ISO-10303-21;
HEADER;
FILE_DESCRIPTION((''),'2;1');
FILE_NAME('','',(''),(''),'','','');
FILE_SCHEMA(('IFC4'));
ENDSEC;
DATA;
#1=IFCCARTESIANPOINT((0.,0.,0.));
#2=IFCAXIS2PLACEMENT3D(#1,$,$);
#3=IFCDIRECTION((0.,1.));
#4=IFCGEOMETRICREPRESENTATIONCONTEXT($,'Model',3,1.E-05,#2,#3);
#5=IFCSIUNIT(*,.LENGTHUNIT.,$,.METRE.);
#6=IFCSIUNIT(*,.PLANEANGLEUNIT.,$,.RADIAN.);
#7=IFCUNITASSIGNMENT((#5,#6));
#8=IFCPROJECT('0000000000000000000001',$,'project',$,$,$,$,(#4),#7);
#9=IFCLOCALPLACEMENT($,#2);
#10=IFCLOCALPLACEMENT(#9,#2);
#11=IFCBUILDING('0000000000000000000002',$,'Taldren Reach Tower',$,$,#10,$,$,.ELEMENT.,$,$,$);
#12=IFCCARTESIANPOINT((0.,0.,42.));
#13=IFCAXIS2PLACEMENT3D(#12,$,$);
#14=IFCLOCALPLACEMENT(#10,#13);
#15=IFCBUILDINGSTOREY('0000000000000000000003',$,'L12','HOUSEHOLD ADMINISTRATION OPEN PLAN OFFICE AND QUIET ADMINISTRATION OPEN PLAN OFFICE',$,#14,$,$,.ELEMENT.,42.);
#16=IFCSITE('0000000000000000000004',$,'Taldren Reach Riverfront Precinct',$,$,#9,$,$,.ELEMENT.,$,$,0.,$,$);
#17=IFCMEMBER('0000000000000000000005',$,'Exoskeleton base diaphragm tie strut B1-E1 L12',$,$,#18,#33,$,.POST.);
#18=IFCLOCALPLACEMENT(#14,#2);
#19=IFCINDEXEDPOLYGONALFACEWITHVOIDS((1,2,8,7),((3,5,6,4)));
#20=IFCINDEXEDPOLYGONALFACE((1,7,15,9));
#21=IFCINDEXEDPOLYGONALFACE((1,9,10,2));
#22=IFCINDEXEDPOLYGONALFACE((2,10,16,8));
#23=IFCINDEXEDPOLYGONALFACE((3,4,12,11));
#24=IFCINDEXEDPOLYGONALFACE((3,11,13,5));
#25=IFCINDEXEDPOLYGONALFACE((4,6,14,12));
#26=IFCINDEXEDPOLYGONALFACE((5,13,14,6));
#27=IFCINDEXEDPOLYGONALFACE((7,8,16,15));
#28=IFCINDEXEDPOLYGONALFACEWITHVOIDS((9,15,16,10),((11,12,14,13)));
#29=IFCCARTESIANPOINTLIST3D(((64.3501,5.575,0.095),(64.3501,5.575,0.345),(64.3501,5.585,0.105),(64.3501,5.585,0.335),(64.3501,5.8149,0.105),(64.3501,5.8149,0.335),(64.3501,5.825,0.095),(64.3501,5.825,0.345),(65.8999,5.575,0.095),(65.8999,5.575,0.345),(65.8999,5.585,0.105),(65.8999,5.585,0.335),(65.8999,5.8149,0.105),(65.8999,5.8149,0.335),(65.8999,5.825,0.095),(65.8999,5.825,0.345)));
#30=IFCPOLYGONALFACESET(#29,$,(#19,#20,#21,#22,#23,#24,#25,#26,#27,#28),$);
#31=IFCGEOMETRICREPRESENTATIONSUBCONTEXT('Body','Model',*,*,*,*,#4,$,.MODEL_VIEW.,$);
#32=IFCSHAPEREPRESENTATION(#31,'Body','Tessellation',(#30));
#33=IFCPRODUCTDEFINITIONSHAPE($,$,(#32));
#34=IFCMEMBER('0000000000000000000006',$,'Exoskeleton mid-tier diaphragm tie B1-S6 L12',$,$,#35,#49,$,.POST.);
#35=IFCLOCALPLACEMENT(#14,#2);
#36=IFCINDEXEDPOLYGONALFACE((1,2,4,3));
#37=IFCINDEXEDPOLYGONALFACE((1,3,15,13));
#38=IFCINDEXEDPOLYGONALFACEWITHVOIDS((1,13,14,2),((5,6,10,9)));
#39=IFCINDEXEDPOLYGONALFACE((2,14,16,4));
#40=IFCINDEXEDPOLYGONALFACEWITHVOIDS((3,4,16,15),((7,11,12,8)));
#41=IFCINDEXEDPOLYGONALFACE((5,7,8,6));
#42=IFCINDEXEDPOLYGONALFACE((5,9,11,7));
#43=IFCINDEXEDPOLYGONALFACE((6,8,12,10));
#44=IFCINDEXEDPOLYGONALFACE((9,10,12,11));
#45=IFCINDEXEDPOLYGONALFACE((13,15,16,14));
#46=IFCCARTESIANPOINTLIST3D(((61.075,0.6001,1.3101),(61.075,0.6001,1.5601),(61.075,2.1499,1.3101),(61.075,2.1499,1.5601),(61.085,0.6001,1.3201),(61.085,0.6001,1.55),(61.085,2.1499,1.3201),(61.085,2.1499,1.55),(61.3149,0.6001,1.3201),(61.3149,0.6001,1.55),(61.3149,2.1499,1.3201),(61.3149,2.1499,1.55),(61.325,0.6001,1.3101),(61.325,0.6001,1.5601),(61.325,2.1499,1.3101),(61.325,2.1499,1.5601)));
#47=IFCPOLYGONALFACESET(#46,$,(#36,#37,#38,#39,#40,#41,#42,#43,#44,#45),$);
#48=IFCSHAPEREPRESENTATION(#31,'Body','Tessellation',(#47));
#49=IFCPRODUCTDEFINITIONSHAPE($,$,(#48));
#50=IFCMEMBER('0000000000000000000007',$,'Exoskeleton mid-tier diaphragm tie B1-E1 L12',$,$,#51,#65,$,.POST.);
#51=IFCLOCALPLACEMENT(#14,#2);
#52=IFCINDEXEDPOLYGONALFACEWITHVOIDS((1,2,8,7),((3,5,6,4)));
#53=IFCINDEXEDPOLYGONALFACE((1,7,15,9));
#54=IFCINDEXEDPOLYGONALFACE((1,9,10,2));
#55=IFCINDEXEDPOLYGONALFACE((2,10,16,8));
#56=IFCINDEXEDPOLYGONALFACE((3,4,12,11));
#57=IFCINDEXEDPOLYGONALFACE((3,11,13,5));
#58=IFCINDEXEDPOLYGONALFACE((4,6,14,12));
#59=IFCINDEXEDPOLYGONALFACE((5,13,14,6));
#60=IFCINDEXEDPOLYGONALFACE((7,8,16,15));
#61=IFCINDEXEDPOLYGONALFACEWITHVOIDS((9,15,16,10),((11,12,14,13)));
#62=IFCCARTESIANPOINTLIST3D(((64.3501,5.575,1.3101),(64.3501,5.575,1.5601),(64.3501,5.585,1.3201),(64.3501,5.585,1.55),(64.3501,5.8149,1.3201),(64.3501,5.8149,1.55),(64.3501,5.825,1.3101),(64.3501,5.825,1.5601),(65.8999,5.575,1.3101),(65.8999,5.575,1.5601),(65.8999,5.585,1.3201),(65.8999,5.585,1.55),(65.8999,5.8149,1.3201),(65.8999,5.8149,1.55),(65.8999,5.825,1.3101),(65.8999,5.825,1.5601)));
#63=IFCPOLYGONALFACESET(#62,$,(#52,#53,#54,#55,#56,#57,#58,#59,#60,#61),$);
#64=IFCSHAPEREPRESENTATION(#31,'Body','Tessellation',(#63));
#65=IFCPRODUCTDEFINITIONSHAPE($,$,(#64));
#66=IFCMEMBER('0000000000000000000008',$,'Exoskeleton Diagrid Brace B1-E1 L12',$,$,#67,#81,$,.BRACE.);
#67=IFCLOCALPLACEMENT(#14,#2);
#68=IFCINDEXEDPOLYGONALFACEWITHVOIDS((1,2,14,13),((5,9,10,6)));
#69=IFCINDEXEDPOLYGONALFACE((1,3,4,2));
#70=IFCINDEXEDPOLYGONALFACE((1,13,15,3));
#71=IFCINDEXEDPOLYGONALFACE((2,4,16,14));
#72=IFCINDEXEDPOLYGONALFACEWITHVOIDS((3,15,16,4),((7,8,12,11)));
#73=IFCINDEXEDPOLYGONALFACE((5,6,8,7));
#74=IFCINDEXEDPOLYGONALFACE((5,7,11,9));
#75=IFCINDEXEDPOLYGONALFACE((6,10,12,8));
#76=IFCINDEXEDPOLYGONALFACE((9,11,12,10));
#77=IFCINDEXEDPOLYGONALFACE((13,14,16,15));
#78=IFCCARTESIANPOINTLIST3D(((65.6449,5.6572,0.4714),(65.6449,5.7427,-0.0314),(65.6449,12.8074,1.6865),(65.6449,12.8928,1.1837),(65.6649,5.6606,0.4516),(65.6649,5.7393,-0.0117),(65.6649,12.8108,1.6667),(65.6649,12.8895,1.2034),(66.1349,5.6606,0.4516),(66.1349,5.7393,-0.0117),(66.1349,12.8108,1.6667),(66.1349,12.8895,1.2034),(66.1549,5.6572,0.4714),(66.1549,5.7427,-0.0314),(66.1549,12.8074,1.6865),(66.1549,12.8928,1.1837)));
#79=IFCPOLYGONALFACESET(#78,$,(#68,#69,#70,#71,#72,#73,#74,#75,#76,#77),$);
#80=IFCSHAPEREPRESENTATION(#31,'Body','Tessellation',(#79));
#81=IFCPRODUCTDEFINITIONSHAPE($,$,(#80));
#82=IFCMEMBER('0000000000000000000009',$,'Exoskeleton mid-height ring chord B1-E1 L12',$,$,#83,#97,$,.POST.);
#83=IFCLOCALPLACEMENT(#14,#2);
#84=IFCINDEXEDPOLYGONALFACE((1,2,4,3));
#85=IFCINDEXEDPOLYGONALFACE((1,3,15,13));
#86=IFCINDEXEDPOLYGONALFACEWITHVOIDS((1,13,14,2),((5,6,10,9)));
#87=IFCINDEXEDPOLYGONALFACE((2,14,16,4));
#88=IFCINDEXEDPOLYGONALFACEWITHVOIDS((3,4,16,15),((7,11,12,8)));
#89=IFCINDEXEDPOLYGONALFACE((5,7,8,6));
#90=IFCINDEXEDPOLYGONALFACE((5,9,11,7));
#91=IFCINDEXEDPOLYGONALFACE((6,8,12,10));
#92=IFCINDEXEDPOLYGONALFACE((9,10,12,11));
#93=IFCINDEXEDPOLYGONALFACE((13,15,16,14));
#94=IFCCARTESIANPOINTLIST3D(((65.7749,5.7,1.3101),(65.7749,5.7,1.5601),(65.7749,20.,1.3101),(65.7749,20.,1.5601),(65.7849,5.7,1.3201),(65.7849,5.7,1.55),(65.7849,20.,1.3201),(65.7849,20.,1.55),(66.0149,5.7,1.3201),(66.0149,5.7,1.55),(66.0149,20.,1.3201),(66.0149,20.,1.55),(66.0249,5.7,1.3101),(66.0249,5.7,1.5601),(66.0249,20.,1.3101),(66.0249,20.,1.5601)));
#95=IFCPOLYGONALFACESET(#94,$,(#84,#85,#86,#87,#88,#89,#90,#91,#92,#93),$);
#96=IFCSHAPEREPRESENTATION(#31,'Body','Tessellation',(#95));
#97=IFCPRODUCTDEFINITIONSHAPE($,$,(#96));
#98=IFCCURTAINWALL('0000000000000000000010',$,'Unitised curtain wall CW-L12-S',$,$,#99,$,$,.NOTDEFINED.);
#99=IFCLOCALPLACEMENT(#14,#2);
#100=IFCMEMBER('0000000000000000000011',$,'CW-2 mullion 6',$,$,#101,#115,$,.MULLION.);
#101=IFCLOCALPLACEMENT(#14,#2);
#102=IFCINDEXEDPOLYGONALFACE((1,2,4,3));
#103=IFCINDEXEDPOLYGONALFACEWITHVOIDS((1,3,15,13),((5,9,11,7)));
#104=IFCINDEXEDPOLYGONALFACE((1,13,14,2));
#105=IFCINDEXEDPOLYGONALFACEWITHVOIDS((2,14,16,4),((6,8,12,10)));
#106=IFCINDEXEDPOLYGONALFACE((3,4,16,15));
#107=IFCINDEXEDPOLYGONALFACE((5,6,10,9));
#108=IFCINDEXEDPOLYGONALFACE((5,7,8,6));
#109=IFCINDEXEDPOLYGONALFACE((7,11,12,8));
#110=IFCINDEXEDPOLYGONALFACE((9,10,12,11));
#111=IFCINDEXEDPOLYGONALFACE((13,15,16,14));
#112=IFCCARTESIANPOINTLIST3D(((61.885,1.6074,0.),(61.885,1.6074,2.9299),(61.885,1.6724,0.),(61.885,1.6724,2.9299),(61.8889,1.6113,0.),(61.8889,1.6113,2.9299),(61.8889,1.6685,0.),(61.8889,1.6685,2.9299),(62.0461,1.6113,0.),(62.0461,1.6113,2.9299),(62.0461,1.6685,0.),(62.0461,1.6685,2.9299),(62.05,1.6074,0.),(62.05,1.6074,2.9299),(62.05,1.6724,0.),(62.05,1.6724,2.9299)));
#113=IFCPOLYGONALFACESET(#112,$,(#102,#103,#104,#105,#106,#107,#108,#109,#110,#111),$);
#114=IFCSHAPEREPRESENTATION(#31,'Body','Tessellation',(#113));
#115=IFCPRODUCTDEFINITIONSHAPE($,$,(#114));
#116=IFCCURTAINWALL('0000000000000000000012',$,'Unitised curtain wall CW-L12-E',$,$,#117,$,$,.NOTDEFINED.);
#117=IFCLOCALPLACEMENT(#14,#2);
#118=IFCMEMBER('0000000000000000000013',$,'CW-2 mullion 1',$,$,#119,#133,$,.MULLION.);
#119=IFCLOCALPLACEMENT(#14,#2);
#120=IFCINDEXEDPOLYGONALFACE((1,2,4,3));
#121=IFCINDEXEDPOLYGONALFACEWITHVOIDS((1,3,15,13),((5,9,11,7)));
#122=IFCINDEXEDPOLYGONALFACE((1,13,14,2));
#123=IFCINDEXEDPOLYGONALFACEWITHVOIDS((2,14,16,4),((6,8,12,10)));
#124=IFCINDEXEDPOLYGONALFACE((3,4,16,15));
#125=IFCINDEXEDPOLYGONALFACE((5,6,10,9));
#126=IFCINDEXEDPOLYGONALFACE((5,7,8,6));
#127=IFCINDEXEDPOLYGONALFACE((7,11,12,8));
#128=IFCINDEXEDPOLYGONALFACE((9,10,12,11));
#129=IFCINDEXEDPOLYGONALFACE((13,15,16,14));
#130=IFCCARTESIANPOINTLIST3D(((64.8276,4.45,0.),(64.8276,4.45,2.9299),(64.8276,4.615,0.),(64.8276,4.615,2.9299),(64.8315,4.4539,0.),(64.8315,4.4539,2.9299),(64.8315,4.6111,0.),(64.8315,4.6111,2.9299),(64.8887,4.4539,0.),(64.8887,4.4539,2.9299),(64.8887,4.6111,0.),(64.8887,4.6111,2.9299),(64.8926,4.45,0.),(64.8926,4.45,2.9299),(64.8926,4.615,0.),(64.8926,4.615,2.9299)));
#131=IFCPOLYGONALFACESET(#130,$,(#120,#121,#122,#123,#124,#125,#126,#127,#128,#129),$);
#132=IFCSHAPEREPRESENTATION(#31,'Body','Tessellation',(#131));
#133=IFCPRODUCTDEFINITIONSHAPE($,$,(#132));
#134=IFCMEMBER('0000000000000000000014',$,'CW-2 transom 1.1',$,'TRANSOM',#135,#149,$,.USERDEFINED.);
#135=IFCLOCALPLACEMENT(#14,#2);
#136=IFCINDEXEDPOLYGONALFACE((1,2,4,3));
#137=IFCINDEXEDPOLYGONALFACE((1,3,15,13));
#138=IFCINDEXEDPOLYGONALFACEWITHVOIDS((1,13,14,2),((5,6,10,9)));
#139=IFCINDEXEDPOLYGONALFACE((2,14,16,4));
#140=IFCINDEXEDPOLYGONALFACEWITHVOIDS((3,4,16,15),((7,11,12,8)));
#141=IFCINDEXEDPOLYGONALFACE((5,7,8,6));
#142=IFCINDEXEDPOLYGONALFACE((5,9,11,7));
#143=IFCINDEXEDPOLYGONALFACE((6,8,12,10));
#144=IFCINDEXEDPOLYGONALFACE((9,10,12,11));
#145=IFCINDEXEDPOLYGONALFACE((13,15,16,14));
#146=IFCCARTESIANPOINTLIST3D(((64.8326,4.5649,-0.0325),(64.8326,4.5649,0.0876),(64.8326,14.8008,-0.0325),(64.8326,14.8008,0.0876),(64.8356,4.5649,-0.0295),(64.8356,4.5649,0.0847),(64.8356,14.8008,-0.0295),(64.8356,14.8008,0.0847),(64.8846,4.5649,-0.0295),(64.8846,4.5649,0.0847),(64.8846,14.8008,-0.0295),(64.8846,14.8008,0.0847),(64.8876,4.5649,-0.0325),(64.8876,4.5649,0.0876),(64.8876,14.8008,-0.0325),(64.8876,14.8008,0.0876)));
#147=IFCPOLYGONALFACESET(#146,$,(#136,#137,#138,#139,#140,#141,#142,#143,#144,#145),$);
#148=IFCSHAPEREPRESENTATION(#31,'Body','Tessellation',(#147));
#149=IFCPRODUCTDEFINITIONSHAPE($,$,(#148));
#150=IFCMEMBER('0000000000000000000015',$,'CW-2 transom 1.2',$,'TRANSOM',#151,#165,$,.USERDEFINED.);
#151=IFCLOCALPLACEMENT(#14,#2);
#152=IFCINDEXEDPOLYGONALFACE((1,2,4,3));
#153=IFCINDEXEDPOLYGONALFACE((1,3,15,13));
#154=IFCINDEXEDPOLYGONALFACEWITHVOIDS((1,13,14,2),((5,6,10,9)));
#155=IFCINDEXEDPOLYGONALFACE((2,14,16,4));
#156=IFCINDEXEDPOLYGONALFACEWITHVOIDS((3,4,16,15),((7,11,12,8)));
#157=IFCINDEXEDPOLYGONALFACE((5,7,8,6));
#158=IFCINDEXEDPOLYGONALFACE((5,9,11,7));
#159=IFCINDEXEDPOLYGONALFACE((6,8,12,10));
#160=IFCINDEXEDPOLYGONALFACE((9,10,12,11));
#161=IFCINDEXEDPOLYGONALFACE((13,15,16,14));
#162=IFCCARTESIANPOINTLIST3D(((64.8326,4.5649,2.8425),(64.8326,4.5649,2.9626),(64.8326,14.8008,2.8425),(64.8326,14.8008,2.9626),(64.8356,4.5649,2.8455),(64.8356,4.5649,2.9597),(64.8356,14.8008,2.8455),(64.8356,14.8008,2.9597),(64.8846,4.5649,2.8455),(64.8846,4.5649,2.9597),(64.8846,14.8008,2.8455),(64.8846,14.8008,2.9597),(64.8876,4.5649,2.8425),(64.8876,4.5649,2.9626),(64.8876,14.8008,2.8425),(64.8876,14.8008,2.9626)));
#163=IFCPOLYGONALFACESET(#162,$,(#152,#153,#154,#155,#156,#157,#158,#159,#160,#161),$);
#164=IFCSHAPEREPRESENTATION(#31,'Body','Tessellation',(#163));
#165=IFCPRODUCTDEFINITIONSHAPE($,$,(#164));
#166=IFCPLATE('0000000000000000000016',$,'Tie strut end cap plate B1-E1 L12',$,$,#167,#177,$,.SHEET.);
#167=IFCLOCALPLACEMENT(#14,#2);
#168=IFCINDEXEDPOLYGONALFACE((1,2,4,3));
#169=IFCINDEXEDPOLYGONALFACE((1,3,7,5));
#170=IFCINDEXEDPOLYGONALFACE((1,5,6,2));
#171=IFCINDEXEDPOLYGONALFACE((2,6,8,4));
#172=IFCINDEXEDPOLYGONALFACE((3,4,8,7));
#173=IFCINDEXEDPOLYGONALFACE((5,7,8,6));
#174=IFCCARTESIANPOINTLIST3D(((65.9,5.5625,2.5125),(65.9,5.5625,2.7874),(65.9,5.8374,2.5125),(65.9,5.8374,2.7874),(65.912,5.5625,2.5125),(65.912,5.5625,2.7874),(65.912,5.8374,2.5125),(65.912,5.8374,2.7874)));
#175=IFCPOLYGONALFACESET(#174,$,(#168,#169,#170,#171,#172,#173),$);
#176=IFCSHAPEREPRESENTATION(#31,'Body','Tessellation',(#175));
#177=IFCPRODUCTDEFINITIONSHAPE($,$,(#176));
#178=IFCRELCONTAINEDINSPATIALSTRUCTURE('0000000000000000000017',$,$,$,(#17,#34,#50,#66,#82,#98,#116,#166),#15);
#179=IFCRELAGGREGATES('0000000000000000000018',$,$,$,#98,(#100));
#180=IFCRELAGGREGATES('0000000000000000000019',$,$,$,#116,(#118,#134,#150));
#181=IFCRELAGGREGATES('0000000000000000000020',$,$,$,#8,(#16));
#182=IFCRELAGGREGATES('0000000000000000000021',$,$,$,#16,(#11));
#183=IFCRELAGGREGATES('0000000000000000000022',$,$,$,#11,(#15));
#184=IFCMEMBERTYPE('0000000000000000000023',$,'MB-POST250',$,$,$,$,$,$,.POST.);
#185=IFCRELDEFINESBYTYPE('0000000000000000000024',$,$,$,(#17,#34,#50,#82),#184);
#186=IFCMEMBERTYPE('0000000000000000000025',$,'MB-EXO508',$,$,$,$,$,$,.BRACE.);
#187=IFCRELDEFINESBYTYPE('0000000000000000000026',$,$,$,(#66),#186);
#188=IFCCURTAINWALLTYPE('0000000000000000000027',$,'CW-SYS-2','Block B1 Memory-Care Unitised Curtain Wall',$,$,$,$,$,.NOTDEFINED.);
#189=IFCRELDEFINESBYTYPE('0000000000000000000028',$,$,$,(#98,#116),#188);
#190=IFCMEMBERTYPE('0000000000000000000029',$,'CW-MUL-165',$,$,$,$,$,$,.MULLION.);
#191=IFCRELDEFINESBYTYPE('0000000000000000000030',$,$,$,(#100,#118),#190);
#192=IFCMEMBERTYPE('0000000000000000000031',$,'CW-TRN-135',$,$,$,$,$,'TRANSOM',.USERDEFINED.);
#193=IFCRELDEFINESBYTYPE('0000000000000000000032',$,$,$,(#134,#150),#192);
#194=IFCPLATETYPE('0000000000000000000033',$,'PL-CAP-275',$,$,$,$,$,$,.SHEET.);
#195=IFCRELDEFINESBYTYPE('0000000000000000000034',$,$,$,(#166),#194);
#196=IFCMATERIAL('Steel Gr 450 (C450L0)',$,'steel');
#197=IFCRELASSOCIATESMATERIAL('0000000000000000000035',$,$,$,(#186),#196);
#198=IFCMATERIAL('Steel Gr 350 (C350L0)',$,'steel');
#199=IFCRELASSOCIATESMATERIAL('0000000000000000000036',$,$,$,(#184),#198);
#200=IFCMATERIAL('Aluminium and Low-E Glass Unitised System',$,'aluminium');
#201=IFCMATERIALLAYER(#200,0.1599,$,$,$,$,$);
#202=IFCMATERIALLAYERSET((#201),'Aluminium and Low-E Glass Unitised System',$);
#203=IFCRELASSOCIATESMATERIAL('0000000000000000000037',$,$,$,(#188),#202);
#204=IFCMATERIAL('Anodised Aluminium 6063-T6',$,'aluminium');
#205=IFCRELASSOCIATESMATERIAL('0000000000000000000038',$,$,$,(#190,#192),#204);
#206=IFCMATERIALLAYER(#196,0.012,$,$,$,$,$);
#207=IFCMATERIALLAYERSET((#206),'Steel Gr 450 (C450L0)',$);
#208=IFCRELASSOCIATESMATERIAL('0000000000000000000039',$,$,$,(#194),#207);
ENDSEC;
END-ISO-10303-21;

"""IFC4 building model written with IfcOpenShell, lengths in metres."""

from ifc_helpers import new_model, si_unit, direction, frame, origin, origin_2d, place, context, subcontext, project, spatial, rectangle, hollow_rectangle, extrude, source, transform, mapped, material, layer, layer_set, material_profile, profile_set, type_object, element, aggregate, save


model = new_model("IFC4")

# Units and contexts
model_context = context("Model", 3, precision=1e-05, world=origin(), true_north=direction((0.0, 1.0)))
body_context = subcontext(model_context, "Body", "Model", "MODEL_VIEW")
ifc_project = project(units=[si_unit("LENGTHUNIT", "METRE"), si_unit("PLANEANGLEUNIT", "RADIAN")], contexts=[model_context])

# Site, building, storey
site_placement = place(None, origin())
site = spatial("IfcSite", under=ifc_project, at=site_placement, Name="Taldren Reach Riverfront Precinct", CompositionType="ELEMENT", RefElevation=0.0)
building_placement = place(site_placement, origin())
building = spatial("IfcBuilding", under=site, at=building_placement, Name="Taldren Reach Tower", CompositionType="ELEMENT")
storey_placement = place(building_placement, frame((0.0, 0.0, 42.0)))
storey = spatial("IfcBuildingStorey", under=building, at=storey_placement, Name="L12", Description="HOUSEHOLD ADMINISTRATION OPEN PLAN OFFICE AND QUIET ADMINISTRATION OPEN PLAN OFFICE", CompositionType="ELEMENT", Elevation=42.0)

# Members
ifc_material_1 = material(Name="Steel Gr 450 (C450L0)", Category="steel")
ifc_material_profile_1 = material_profile(ifc_material_1, hollow_rectangle(XDim=0.51, YDim=0.51, WallThickness=0.02, at=origin_2d()), Name="510x510x20.0SHS")
ifc_profile_set_1 = profile_set([ifc_material_profile_1], Name="Steel Gr 450 (C450L0)")
member_type_1 = type_object("IfcMemberType", Name="MB-EXO508", PredefinedType="BRACE", material=ifc_profile_set_1)
ifc_material_2 = material(Name="Steel Gr 350 (C350L0)", Category="steel")
ifc_material_profile_2 = material_profile(ifc_material_2, hollow_rectangle(XDim=0.25, YDim=0.25, WallThickness=0.01, at=origin_2d()), Name="250x250x10.0SHS")
ifc_profile_set_2 = profile_set([ifc_material_profile_2], Name="Steel Gr 350 (C350L0)")
member_type_2 = type_object("IfcMemberType", Name="MB-POST250", PredefinedType="POST", material=ifc_profile_set_2)
shared_shape_1 = source(origin(), body_context, "Body", "SweptSolid", [
    extrude(hollow_rectangle(XDim=0.25, YDim=0.25, WallThickness=0.01, at=origin_2d()), origin(), (0.0, 0.0, 1.0), 1.5498),
])
for number, where, z_axis, x_axis, name in (
    (1, (64.3501, 5.7, 0.22), (1.0, 0.0, 0.0), (0.0, 1.0, 0.0), "Exoskeleton base diaphragm tie strut B1-E1 L12"),
    (2, (61.2, 2.1499, 1.4351), (0.0, -1.0, 0.0), (1.0, 0.0, 0.0), "Exoskeleton mid-tier diaphragm tie B1-S6 L12"),
    (3, (64.3501, 5.7, 1.4351), (1.0, 0.0, 0.0), (0.0, 1.0, 0.0), "Exoskeleton mid-tier diaphragm tie B1-E1 L12"),
):
    element("IfcMember", number, at=place(storey_placement, frame(where, z_axis=z_axis, x_axis=x_axis)), inside=storey, type_object=member_type_2, Name=name, PredefinedType="POST", context=body_context, shape_type="MappedRepresentation", body=[
        mapped(shared_shape_1, transform((0.0, 0.0, 0.0), scale=1.0)),
    ])
shared_shape_2 = source(origin(), body_context, "Body", "SweptSolid", [
    extrude(hollow_rectangle(XDim=0.51, YDim=0.51, WallThickness=0.02, at=origin_2d()), origin(), (0.0, 0.0, 1.0), 7.2527),
])
member_1_placement = place(storey_placement, frame((65.8999, 5.7, 0.22), z_axis=(0.0, 0.985866, 0.167537), x_axis=(-1.0, 0.0, 0.0)))
element("IfcMember", 4, at=member_1_placement, inside=storey, type_object=member_type_1, Name="Exoskeleton Diagrid Brace B1-E1 L12", PredefinedType="BRACE", context=body_context, shape_type="MappedRepresentation", body=[
    mapped(shared_shape_2, transform((0.0, 0.0, 0.0), scale=1.0)),
])
shared_shape_3 = source(origin(), body_context, "Body", "SweptSolid", [
    extrude(hollow_rectangle(XDim=0.25, YDim=0.25, WallThickness=0.01, at=origin_2d()), origin(), (0.0, 0.0, 1.0), 14.3),
])
member_2_placement = place(storey_placement, frame((65.8999, 5.7, 1.4351), z_axis=(0.0, 1.0, 0.0), x_axis=(-1.0, 0.0, 0.0)))
element("IfcMember", 5, at=member_2_placement, inside=storey, type_object=member_type_2, Name="Exoskeleton mid-height ring chord B1-E1 L12", PredefinedType="POST", context=body_context, shape_type="MappedRepresentation", body=[
    mapped(shared_shape_3, transform((0.0, 0.0, 0.0), scale=1.0)),
])

# Curtain wall, member
ifc_material_3 = material(Name="Aluminium and Low-E Glass Unitised System", Category="aluminium")
ifc_layer_1 = layer(ifc_material_3, 0.1599)
ifc_layer_set_1 = layer_set([ifc_layer_1], Name="Aluminium and Low-E Glass Unitised System")
curtain_wall_type = type_object("IfcCurtainWallType", Name="CW-SYS-2", Description="Block B1 Memory-Care Unitised Curtain Wall", PredefinedType="NOTDEFINED", material=ifc_layer_set_1)
curtain_wall_1_placement = place(storey_placement, origin())
curtain_wall_1 = element("IfcCurtainWall", 6, at=curtain_wall_1_placement, inside=storey, type_object=curtain_wall_type, Name="Unitised curtain wall CW-L12-S", PredefinedType="NOTDEFINED")
ifc_material_4 = material(Name="Anodised Aluminium 6063-T6", Category="aluminium")
ifc_material_profile_3 = material_profile(ifc_material_4, hollow_rectangle(XDim=0.0649, YDim=0.165, WallThickness=0.0039, at=origin_2d()), Name="ALU-165x65x4RHS")
ifc_profile_set_3 = profile_set([ifc_material_profile_3], Name="Anodised Aluminium 6063-T6")
member_type_3 = type_object("IfcMemberType", Name="CW-MUL-165", PredefinedType="MULLION", material=ifc_profile_set_3)
shared_shape_4 = source(origin(), body_context, "Body", "SweptSolid", [
    extrude(hollow_rectangle(XDim=0.0649, YDim=0.165, WallThickness=0.0039, at=origin_2d()), origin(), (0.0, 0.0, 1.0), 2.9299),
])
member_3_placement = place(storey_placement, frame((61.9675, 1.6399, 0.0), z_axis=(0.0, 0.0, 1.0), x_axis=(0.0, 1.0, 0.0)))
member_3 = element("IfcMember", 7, at=member_3_placement, type_object=member_type_3, Name="CW-2 mullion 6", PredefinedType="MULLION", context=body_context, shape_type="MappedRepresentation", body=[
    mapped(shared_shape_4, transform((0.0, 0.0, 0.0), scale=1.0)),
])

# Curtain wall, members
curtain_wall_2_placement = place(storey_placement, origin())
curtain_wall_2 = element("IfcCurtainWall", 8, at=curtain_wall_2_placement, inside=storey, type_object=curtain_wall_type, Name="Unitised curtain wall CW-L12-E", PredefinedType="NOTDEFINED")
member_4_placement = place(storey_placement, frame((64.8601, 4.5325, 0.0), z_axis=(0.0, 0.0, 1.0), x_axis=(-1.0, 0.0, 0.0)))
member_4 = element("IfcMember", 9, at=member_4_placement, type_object=member_type_3, Name="CW-2 mullion 1", PredefinedType="MULLION", context=body_context, shape_type="MappedRepresentation", body=[
    mapped(shared_shape_4, transform((0.0, 0.0, 0.0), scale=1.0)),
])
ifc_material_profile_4 = material_profile(ifc_material_4, hollow_rectangle(XDim=0.0549, YDim=0.1201, WallThickness=0.0029, at=origin_2d()), Name="ALU-120x55x3RHS")
ifc_profile_set_4 = profile_set([ifc_material_profile_4], Name="Anodised Aluminium 6063-T6")
member_type_4 = type_object("IfcMemberType", Name="CW-TRN-135", ElementType="TRANSOM", PredefinedType="USERDEFINED", material=ifc_profile_set_4)
shared_shape_5 = source(origin(), body_context, "Body", "SweptSolid", [
    extrude(hollow_rectangle(XDim=0.0549, YDim=0.1201, WallThickness=0.0029, at=origin_2d()), origin(), (0.0, 0.0, 1.0), 10.2358),
])
member_5_placement = place(storey_placement, frame((64.8601, 4.5649, 0.0276), z_axis=(0.0, 1.0, 0.0), x_axis=(-1.0, 0.0, 0.0)))
member_5 = element("IfcMember", 10, at=member_5_placement, type_object=member_type_4, Name="CW-2 transom 1.1", ObjectType="TRANSOM", PredefinedType="USERDEFINED", context=body_context, shape_type="MappedRepresentation", body=[
    mapped(shared_shape_5, transform((0.0, 0.0, 0.0), scale=1.0)),
])
member_6_placement = place(storey_placement, frame((64.8601, 4.5649, 2.9026), z_axis=(0.0, 1.0, 0.0), x_axis=(-1.0, 0.0, 0.0)))
member_6 = element("IfcMember", 11, at=member_6_placement, type_object=member_type_4, Name="CW-2 transom 1.2", ObjectType="TRANSOM", PredefinedType="USERDEFINED", context=body_context, shape_type="MappedRepresentation", body=[
    mapped(shared_shape_5, transform((0.0, 0.0, 0.0), scale=1.0)),
])

# Plate
ifc_layer_2 = layer(ifc_material_1, 0.012)
ifc_layer_set_2 = layer_set([ifc_layer_2], Name="Steel Gr 450 (C450L0)")
plate_type_1 = type_object("IfcPlateType", Name="PL-CAP-275", PredefinedType="SHEET", material=ifc_layer_set_2)
shared_shape_6 = source(origin(), body_context, "Body", "SweptSolid", [
    extrude(rectangle(XDim=0.012, YDim=0.2749, at=origin_2d()), origin(), (0.0, 0.0, 1.0), 0.2749),
])
plate_1_placement = place(storey_placement, frame((65.906, 5.7, 2.5125), z_axis=(0.0, 0.0, 1.0), x_axis=(1.0, 0.0, 0.0)))
element("IfcPlate", 12, at=plate_1_placement, inside=storey, type_object=plate_type_1, Name="Tie strut end cap plate B1-E1 L12", PredefinedType="SHEET", context=body_context, shape_type="MappedRepresentation", body=[
    mapped(shared_shape_6, transform((0.0, 0.0, 0.0), scale=1.0)),
])

aggregate(curtain_wall_1, [member_3])
aggregate(curtain_wall_2, [member_4, member_5, member_6])

save(model, "model.ifc")
